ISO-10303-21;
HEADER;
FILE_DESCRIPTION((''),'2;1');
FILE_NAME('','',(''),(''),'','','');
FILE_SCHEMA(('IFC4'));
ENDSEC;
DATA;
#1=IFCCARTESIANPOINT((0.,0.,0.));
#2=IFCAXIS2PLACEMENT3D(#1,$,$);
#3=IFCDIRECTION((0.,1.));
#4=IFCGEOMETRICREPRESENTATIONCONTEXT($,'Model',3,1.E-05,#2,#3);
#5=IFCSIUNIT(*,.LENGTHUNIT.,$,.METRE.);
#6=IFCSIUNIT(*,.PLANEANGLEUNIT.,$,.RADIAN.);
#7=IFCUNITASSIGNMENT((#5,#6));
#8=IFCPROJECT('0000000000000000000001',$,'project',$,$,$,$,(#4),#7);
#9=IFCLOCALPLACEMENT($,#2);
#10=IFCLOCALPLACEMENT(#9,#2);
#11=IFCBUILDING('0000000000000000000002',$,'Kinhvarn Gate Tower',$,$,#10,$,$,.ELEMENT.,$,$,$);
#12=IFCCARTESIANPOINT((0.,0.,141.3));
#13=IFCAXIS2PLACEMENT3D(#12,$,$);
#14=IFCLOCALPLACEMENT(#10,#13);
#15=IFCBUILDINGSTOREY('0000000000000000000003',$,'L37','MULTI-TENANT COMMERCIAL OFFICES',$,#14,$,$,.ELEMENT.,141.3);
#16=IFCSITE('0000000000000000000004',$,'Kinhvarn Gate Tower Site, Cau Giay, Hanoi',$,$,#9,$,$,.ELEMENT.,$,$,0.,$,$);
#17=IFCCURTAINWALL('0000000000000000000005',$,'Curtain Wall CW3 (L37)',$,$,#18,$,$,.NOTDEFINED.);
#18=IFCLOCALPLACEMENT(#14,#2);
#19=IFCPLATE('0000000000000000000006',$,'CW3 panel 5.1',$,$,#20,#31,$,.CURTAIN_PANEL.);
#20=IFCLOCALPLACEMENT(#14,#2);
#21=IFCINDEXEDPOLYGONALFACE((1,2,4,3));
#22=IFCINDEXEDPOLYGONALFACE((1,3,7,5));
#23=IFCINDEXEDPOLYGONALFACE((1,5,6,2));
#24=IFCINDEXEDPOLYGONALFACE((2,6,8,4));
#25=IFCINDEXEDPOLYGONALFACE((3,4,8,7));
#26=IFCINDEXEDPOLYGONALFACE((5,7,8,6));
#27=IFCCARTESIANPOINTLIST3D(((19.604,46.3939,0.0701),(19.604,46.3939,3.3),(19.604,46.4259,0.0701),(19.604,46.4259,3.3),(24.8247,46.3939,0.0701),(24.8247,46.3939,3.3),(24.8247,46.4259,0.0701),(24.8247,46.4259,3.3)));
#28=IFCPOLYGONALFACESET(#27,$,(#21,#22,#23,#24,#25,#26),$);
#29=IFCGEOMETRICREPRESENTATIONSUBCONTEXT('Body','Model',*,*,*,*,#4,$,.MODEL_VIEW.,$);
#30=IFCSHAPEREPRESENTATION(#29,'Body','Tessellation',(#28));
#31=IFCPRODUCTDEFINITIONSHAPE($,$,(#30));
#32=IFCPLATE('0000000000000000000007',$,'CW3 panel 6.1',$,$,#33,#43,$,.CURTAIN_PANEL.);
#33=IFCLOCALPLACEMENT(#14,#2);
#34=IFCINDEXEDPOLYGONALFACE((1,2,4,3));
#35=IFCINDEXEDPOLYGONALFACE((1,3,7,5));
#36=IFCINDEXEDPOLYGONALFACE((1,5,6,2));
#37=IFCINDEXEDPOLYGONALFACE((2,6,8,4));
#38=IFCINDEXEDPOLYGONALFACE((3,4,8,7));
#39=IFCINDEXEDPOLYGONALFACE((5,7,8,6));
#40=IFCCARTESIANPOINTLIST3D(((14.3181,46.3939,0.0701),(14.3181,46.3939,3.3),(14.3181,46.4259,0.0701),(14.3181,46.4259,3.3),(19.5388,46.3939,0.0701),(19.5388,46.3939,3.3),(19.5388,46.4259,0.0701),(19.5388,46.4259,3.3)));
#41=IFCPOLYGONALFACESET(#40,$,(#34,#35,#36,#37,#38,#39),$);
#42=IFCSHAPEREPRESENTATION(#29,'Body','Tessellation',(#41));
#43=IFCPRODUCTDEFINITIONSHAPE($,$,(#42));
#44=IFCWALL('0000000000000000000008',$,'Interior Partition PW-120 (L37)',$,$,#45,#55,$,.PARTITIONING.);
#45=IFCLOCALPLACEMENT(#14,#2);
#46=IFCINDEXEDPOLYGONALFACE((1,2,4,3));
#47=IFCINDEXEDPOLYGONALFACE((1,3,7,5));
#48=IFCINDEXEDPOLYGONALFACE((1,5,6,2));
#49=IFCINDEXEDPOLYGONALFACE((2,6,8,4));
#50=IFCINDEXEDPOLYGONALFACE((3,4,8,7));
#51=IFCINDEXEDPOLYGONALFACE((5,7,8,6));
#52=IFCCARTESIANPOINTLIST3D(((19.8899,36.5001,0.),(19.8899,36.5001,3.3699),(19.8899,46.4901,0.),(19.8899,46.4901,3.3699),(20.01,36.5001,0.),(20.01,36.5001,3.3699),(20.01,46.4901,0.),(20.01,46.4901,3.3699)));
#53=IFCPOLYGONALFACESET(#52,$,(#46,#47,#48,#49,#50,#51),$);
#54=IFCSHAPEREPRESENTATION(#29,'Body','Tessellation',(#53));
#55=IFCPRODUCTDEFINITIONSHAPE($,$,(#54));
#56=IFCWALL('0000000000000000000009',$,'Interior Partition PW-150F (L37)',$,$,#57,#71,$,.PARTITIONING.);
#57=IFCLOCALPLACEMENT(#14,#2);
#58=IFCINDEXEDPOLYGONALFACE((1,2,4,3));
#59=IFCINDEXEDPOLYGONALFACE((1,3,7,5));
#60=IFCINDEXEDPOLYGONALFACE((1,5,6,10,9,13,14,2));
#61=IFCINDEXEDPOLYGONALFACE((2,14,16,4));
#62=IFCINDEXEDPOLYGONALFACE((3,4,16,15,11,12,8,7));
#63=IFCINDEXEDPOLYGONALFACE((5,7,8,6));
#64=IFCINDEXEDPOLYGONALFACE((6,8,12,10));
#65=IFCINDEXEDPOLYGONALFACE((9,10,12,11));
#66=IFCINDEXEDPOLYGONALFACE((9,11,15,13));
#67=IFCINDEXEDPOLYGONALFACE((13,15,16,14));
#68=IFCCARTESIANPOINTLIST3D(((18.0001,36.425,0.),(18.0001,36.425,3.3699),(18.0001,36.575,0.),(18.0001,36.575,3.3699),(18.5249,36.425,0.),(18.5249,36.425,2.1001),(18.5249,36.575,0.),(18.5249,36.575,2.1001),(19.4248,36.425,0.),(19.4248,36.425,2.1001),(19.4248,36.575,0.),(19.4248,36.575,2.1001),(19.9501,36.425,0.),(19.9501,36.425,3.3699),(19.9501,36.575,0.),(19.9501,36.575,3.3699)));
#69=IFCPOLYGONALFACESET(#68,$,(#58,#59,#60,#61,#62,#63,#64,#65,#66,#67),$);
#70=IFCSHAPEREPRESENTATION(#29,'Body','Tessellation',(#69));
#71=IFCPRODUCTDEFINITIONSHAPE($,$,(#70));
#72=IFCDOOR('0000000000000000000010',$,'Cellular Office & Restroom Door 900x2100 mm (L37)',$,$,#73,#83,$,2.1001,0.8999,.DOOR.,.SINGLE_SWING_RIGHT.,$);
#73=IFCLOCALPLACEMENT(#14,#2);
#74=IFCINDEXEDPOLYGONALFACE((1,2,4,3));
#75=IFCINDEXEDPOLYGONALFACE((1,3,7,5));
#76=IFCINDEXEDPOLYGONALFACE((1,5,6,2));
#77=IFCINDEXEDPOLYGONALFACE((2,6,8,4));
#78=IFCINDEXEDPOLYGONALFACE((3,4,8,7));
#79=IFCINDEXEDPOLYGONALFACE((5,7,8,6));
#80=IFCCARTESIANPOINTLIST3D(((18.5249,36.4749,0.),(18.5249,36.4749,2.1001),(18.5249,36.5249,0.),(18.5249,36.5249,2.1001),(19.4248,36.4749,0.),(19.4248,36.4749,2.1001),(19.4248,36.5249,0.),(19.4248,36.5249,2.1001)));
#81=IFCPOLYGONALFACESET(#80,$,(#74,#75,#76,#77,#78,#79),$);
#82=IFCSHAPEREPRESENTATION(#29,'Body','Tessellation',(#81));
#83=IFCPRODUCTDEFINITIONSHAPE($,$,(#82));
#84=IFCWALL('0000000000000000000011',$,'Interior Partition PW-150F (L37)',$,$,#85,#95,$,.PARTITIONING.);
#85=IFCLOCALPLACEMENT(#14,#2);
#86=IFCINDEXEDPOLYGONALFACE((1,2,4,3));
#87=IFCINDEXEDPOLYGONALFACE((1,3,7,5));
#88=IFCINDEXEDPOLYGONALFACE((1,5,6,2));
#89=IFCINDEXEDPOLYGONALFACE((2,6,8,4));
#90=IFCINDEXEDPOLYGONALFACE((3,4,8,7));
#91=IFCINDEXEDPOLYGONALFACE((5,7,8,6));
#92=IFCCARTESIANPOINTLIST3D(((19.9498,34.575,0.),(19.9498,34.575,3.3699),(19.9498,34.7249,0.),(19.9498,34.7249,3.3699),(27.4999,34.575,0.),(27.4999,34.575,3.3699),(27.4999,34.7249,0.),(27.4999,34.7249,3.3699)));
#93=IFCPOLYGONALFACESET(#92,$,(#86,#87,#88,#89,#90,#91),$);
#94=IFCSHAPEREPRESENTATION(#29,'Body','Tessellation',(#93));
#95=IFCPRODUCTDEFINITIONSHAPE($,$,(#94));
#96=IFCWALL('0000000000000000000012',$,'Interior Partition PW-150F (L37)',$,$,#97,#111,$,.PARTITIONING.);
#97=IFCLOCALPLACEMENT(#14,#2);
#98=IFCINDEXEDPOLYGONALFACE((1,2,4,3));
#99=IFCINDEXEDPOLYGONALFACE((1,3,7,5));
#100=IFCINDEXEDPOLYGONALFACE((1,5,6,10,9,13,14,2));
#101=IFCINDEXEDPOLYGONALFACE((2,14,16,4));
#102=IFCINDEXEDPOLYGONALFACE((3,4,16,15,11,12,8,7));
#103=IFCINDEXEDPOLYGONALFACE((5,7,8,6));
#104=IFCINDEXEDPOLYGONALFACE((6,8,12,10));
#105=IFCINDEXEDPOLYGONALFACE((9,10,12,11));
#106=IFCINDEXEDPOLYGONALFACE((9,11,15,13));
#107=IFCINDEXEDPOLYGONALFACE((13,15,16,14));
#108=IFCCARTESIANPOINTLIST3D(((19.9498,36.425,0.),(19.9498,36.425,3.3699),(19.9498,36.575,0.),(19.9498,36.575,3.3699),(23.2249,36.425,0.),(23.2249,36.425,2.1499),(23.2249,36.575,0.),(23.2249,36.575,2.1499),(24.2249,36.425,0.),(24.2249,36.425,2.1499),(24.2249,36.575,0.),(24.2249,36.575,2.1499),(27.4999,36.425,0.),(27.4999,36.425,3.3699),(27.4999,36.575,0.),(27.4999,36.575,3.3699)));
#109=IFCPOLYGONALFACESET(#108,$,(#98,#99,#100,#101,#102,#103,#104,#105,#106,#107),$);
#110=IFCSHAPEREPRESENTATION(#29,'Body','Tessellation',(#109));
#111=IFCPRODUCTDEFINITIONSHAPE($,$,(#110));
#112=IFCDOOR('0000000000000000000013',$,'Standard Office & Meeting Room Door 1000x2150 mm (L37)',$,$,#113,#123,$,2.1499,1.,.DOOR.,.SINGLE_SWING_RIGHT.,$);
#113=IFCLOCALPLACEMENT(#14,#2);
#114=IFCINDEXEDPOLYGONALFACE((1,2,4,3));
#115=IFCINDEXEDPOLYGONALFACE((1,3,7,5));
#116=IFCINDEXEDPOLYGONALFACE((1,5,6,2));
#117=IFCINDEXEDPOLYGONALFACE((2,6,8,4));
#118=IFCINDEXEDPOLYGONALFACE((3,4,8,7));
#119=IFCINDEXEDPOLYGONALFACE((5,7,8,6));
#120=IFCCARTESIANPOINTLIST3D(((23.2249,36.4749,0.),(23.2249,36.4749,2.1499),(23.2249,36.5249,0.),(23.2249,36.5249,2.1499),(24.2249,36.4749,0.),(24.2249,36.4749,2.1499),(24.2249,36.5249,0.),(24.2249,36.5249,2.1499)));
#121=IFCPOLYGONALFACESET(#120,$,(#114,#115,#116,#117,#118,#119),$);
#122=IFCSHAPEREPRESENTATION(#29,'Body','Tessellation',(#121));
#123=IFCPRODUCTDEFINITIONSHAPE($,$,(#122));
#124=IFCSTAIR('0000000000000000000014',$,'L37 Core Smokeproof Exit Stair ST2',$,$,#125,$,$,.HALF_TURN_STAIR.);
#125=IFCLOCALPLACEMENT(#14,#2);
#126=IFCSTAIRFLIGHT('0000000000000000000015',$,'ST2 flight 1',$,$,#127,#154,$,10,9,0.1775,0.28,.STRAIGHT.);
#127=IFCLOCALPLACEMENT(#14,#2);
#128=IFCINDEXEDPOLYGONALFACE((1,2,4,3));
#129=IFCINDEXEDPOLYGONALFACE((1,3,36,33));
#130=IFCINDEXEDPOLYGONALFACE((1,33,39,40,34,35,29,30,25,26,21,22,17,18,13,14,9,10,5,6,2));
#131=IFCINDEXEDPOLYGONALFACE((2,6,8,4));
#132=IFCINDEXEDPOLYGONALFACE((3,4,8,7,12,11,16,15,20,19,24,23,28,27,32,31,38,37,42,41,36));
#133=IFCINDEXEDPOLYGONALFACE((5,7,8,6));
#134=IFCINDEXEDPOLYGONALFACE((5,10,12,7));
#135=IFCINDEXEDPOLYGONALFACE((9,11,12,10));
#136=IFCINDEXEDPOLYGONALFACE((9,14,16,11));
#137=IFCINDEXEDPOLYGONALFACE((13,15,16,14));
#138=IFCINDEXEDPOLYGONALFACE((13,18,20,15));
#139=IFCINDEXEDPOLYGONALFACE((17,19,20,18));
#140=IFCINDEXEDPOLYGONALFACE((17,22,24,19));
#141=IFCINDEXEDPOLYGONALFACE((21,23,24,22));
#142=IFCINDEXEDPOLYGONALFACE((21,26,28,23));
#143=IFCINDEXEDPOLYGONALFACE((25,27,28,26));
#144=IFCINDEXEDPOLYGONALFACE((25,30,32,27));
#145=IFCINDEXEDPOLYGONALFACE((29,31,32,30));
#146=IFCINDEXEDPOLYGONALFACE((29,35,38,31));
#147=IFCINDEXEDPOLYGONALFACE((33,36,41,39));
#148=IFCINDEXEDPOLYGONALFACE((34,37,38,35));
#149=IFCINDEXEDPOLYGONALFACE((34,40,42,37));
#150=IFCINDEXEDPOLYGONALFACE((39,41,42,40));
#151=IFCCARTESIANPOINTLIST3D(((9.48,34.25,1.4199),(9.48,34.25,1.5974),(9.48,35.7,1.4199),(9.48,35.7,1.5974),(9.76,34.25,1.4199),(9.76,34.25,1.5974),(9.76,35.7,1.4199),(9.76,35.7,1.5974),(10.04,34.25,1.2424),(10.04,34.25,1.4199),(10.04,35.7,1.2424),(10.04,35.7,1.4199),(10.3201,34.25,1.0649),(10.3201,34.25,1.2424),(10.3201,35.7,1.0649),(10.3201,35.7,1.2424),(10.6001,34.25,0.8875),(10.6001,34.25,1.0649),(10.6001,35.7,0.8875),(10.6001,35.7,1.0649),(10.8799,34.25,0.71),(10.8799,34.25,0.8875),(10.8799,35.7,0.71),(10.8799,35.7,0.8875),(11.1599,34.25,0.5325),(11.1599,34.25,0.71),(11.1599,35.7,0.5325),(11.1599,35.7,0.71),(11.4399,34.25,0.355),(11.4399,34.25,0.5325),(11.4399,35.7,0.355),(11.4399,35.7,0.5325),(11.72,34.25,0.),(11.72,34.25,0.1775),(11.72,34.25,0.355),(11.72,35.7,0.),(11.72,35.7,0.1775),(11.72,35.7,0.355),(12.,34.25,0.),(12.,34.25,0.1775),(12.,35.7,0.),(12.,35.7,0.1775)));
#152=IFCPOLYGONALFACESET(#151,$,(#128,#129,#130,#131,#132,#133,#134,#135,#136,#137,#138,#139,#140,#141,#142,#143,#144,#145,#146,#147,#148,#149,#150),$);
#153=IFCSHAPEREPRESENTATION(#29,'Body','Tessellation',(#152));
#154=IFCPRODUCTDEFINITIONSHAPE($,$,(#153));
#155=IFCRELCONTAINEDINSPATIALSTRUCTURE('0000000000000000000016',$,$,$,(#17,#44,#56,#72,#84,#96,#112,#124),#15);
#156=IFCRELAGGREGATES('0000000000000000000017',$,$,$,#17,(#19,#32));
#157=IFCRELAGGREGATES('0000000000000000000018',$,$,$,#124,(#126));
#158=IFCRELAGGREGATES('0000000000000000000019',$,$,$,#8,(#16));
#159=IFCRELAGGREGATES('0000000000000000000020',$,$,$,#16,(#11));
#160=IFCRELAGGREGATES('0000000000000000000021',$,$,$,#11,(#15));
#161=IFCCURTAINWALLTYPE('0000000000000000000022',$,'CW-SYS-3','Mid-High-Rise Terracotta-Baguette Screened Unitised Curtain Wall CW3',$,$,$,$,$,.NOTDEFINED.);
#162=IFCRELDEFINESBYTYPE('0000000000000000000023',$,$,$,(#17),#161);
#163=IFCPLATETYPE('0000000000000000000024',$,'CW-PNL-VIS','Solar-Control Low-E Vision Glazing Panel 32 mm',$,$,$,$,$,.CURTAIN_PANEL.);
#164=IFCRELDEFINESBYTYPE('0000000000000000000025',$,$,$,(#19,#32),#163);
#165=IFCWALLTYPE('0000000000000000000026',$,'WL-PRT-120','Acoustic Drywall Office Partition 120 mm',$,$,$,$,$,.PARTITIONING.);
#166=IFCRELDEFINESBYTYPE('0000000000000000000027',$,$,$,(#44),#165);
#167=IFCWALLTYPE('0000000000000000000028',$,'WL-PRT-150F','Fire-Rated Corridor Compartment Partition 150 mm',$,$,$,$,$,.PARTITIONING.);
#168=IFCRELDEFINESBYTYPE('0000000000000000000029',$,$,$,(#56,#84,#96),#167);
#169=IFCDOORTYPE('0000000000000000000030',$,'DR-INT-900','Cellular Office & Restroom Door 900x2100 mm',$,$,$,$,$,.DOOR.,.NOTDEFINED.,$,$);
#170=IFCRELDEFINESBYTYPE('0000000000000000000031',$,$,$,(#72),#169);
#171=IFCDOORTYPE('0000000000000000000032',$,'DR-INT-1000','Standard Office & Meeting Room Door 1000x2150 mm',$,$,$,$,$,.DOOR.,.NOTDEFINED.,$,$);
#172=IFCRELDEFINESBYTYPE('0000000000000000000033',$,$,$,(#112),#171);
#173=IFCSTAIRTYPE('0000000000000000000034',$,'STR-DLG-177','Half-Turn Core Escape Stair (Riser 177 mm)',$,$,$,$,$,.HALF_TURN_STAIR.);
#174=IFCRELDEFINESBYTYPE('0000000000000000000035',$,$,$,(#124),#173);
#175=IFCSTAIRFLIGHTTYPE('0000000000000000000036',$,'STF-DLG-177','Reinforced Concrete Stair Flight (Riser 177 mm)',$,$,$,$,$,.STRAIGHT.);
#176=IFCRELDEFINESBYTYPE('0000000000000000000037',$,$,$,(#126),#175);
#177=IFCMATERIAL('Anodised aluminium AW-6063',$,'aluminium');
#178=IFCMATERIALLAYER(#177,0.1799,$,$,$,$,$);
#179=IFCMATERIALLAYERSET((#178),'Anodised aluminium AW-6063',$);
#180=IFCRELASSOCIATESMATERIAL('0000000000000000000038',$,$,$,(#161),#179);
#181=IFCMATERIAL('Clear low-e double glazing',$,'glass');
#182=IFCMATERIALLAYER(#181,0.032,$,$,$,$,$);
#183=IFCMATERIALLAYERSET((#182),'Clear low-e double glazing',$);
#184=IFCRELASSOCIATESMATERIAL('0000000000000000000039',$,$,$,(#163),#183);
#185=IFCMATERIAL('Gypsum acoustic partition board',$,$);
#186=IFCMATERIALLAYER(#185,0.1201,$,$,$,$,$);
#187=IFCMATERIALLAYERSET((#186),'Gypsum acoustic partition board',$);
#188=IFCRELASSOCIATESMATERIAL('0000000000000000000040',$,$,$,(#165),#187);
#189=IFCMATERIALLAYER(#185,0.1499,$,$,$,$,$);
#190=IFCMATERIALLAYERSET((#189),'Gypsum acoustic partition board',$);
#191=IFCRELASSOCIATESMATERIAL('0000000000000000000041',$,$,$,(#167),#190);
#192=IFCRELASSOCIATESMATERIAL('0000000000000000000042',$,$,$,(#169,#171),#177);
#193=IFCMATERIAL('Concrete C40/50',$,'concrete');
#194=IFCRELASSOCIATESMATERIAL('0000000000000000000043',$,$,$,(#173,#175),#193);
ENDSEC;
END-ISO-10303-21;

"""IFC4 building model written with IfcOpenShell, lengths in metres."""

from ifc_helpers import new_model, si_unit, direction, frame, frame_2d, origin, origin_2d, place, context, subcontext, project, spatial, polyline, rectangle, outline, extrude, material, layer, layer_set, type_object, element, fill, aggregate, save


model = new_model("IFC4")

# Units and contexts
model_context = context("Model", 3, precision=1e-05, world=origin(), true_north=direction((0.0, 1.0)))
body_context = subcontext(model_context, "Body", "Model", "MODEL_VIEW")
ifc_project = project(units=[si_unit("LENGTHUNIT", "METRE"), si_unit("PLANEANGLEUNIT", "RADIAN")], contexts=[model_context])

# Site, building, storey
site_placement = place(None, origin())
site = spatial("IfcSite", under=ifc_project, at=site_placement, Name="Kinhvarn Gate Tower Site, Cau Giay, Hanoi", CompositionType="ELEMENT", RefElevation=0.0)
building_placement = place(site_placement, origin())
building = spatial("IfcBuilding", under=site, at=building_placement, Name="Kinhvarn Gate Tower", CompositionType="ELEMENT")
storey_placement = place(building_placement, frame((0.0, 0.0, 141.3)))
storey = spatial("IfcBuildingStorey", under=building, at=storey_placement, Name="L37", Description="MULTI-TENANT COMMERCIAL OFFICES", CompositionType="ELEMENT", Elevation=141.3)

# Curtain wall
ifc_material_1 = material(Name="Anodised aluminium AW-6063", Category="aluminium")
ifc_layer_1 = layer(ifc_material_1, 0.1799)
ifc_layer_set_1 = layer_set([ifc_layer_1], Name="Anodised aluminium AW-6063")
curtain_wall_type = type_object("IfcCurtainWallType", Name="CW-SYS-3", Description="Mid-High-Rise Terracotta-Baguette Screened Unitised Curtain Wall CW3", PredefinedType="NOTDEFINED", material=ifc_layer_set_1)
curtain_wall_placement = place(storey_placement, origin())
curtain_wall = element("IfcCurtainWall", 1, at=curtain_wall_placement, inside=storey, type_object=curtain_wall_type, Name="Curtain Wall CW3 (L37)", PredefinedType="NOTDEFINED")

# Plates
ifc_material_2 = material(Name="Clear low-e double glazing", Category="glass")
ifc_layer_2 = layer(ifc_material_2, 0.032)
ifc_layer_set_2 = layer_set([ifc_layer_2], Name="Clear low-e double glazing")
plate_type = type_object("IfcPlateType", Name="CW-PNL-VIS", Description="Solar-Control Low-E Vision Glazing Panel 32 mm", PredefinedType="CURTAIN_PANEL", material=ifc_layer_set_2)
plate_1_placement = place(storey_placement, frame((22.2144, 46.4099, 0.0701), z_axis=(0.0, 0.0, 1.0), x_axis=(-1.0, 0.0, 0.0)))
plate_1 = element("IfcPlate", 2, at=plate_1_placement, type_object=plate_type, Name="CW3 panel 5.1", PredefinedType="CURTAIN_PANEL", context=body_context, shape_type="SweptSolid", body=[
    extrude(rectangle(XDim=5.2207, YDim=0.032, at=origin_2d()), origin(), (0.0, 0.0, 1.0), 3.23),
])
plate_2_placement = place(storey_placement, frame((16.9285, 46.4099, 0.0701), z_axis=(0.0, 0.0, 1.0), x_axis=(-1.0, 0.0, 0.0)))
plate_2 = element("IfcPlate", 3, at=plate_2_placement, type_object=plate_type, Name="CW3 panel 6.1", PredefinedType="CURTAIN_PANEL", context=body_context, shape_type="SweptSolid", body=[
    extrude(rectangle(XDim=5.2207, YDim=0.032, at=origin_2d()), origin(), (0.0, 0.0, 1.0), 3.23),
])
aggregate(curtain_wall, [plate_1, plate_2])

# Wall
ifc_material_3 = material(Name="Gypsum acoustic partition board")
ifc_layer_3 = layer(ifc_material_3, 0.1201)
ifc_layer_set_3 = layer_set([ifc_layer_3], Name="Gypsum acoustic partition board")
wall_type_1 = type_object("IfcWallType", Name="WL-PRT-120", Description="Acoustic Drywall Office Partition 120 mm", PredefinedType="PARTITIONING", material=ifc_layer_set_3)
wall_1_placement = place(storey_placement, frame((19.95, 36.5, 0.0), z_axis=(0.0, 0.0, 1.0), x_axis=(0.0, 1.0, 0.0)))
element("IfcWall", 4, at=wall_1_placement, inside=storey, type_object=wall_type_1, Name="Interior Partition PW-120 (L37)", PredefinedType="PARTITIONING", context=body_context, shape_type="SweptSolid", body=[
    extrude(rectangle(XDim=9.99, YDim=0.1201, at=frame_2d((4.9951, 0.0))), origin(), (0.0, 0.0, 1.0), 3.3699),
])

# Wall, opening, door
ifc_layer_4 = layer(ifc_material_3, 0.1499)
ifc_layer_set_4 = layer_set([ifc_layer_4], Name="Gypsum acoustic partition board")
wall_type_2 = type_object("IfcWallType", Name="WL-PRT-150F", Description="Fire-Rated Corridor Compartment Partition 150 mm", PredefinedType="PARTITIONING", material=ifc_layer_set_4)
wall_2_placement = place(storey_placement, frame((18.0, 36.5, 0.0), z_axis=(0.0, 0.0, 1.0), x_axis=(1.0, 0.0, 0.0)))
wall_2 = element("IfcWall", 5, at=wall_2_placement, inside=storey, type_object=wall_type_2, Name="Interior Partition PW-150F (L37)", PredefinedType="PARTITIONING", context=body_context, shape_type="SweptSolid", body=[
    extrude(rectangle(XDim=1.95, YDim=0.1499, at=frame_2d((0.9751, 0.0))), origin(), (0.0, 0.0, 1.0), 3.3699),
])
opening_1_placement = place(wall_2_placement, frame((0.5249, 0.0, 0.0)))
opening_1 = element("IfcOpeningElement", 6, at=opening_1_placement, cuts=wall_2, PredefinedType="OPENING", context=body_context, shape_type="SweptSolid", body=[
    extrude(rectangle(XDim=0.8999, YDim=2.1001, at=frame_2d((0.45, 1.05))), frame((0.0, 0.085, 0.0), z_axis=(0.0, -1.0, 0.0), x_axis=(1.0, 0.0, 0.0)), (0.0, 0.0, 1.0), 0.1699),
])
door_type_1 = type_object("IfcDoorType", Name="DR-INT-900", Description="Cellular Office & Restroom Door 900x2100 mm", OperationType="NOTDEFINED", PredefinedType="DOOR", material=ifc_material_1)
door_1_placement = place(opening_1_placement, origin())
door_1 = element("IfcDoor", 7, at=door_1_placement, inside=storey, type_object=door_type_1, Name="Cellular Office & Restroom Door 900x2100 mm (L37)", OperationType="SINGLE_SWING_RIGHT", OverallHeight=2.1001, OverallWidth=0.8999, PredefinedType="DOOR", context=body_context, shape_type="SweptSolid", body=[
    extrude(rectangle(XDim=0.8999, YDim=2.1001, at=frame_2d((0.45, 1.05))), frame((0.0, 0.0249, 0.0), z_axis=(0.0, -1.0, 0.0), x_axis=(1.0, 0.0, 0.0)), (0.0, 0.0, 1.0), 0.05),
])
fill(opening_1, door_1)

# Wall
wall_3_placement = place(storey_placement, frame((19.95, 34.6499, 0.0), z_axis=(0.0, 0.0, 1.0), x_axis=(1.0, 0.0, 0.0)))
element("IfcWall", 8, at=wall_3_placement, inside=storey, type_object=wall_type_2, Name="Interior Partition PW-150F (L37)", PredefinedType="PARTITIONING", context=body_context, shape_type="SweptSolid", body=[
    extrude(rectangle(XDim=7.55, YDim=0.1499, at=frame_2d((3.7749, 0.0))), origin(), (0.0, 0.0, 1.0), 3.3699),
])

# Wall, opening, door
wall_4_placement = place(storey_placement, frame((19.95, 36.5, 0.0), z_axis=(0.0, 0.0, 1.0), x_axis=(1.0, 0.0, 0.0)))
wall_4 = element("IfcWall", 9, at=wall_4_placement, inside=storey, type_object=wall_type_2, Name="Interior Partition PW-150F (L37)", PredefinedType="PARTITIONING", context=body_context, shape_type="SweptSolid", body=[
    extrude(rectangle(XDim=7.55, YDim=0.1499, at=frame_2d((3.7749, 0.0))), origin(), (0.0, 0.0, 1.0), 3.3699),
])
opening_2_placement = place(wall_4_placement, frame((3.2749, 0.0, 0.0)))
opening_2 = element("IfcOpeningElement", 10, at=opening_2_placement, cuts=wall_4, PredefinedType="OPENING", context=body_context, shape_type="SweptSolid", body=[
    extrude(rectangle(XDim=1.0, YDim=2.1499, at=frame_2d((0.5, 1.075))), frame((0.0, 0.085, 0.0), z_axis=(0.0, -1.0, 0.0), x_axis=(1.0, 0.0, 0.0)), (0.0, 0.0, 1.0), 0.1699),
])
door_type_2 = type_object("IfcDoorType", Name="DR-INT-1000", Description="Standard Office & Meeting Room Door 1000x2150 mm", OperationType="NOTDEFINED", PredefinedType="DOOR", material=ifc_material_1)
door_2_placement = place(opening_2_placement, origin())
door_2 = element("IfcDoor", 11, at=door_2_placement, inside=storey, type_object=door_type_2, Name="Standard Office & Meeting Room Door 1000x2150 mm (L37)", OperationType="SINGLE_SWING_RIGHT", OverallHeight=2.1499, OverallWidth=1.0, PredefinedType="DOOR", context=body_context, shape_type="SweptSolid", body=[
    extrude(rectangle(XDim=1.0, YDim=2.1499, at=frame_2d((0.5, 1.075))), frame((0.0, 0.0249, 0.0), z_axis=(0.0, -1.0, 0.0), x_axis=(1.0, 0.0, 0.0)), (0.0, 0.0, 1.0), 0.05),
])
fill(opening_2, door_2)
ifc_material_4 = material(Name="Concrete C40/50", Category="concrete")

# Stair, stair flight
stair_type = type_object("IfcStairType", Name="STR-DLG-177", Description="Half-Turn Core Escape Stair (Riser 177 mm)", PredefinedType="HALF_TURN_STAIR", material=ifc_material_4)
stair_placement = place(storey_placement, origin())
stair = element("IfcStair", 12, at=stair_placement, inside=storey, type_object=stair_type, Name="L37 Core Smokeproof Exit Stair ST2", PredefinedType="HALF_TURN_STAIR")
stair_flight_type = type_object("IfcStairFlightType", Name="STF-DLG-177", Description="Reinforced Concrete Stair Flight (Riser 177 mm)", PredefinedType="STRAIGHT", material=ifc_material_4)
stair_flight_placement = place(storey_placement, frame((12.0, 34.9751, 0.0), z_axis=(0.0, 0.0, 1.0), x_axis=(-1.0, 0.0, 0.0)))
stair_flight = element("IfcStairFlight", 13, at=stair_flight_placement, type_object=stair_flight_type, Name="ST2 flight 1", NumberOfRisers=10, NumberOfTreads=9, PredefinedType="STRAIGHT", RiserHeight=0.1775, TreadLength=0.28, context=body_context, shape_type="SweptSolid", body=[
    extrude(outline(polyline([(0.0, 0.0), (0.0, 0.1775), (0.28, 0.1775), (0.28, 0.355), (0.5601, 0.355), (0.5601, 0.5325), (0.8401, 0.5325), (0.8401, 0.71), (1.1201, 0.71), (1.1201, 0.8875), (1.3999, 0.8875), (1.3999, 1.0649), (1.6799, 1.0649), (1.6799, 1.2424), (1.96, 1.2424), (1.96, 1.4199), (2.24, 1.4199), (2.24, 1.5974), (2.52, 1.5974), (2.52, 1.7749), (2.52, 1.4199), (0.28, 0.0), (0.0, 0.0)])), frame((0.0, 0.7251, 0.0), z_axis=(0.0, -1.0, 0.0), x_axis=(1.0, 0.0, 0.0)), (0.0, 0.0, 1.0), 1.45),
])
aggregate(stair, [stair_flight])

save(model, "model.ifc")
